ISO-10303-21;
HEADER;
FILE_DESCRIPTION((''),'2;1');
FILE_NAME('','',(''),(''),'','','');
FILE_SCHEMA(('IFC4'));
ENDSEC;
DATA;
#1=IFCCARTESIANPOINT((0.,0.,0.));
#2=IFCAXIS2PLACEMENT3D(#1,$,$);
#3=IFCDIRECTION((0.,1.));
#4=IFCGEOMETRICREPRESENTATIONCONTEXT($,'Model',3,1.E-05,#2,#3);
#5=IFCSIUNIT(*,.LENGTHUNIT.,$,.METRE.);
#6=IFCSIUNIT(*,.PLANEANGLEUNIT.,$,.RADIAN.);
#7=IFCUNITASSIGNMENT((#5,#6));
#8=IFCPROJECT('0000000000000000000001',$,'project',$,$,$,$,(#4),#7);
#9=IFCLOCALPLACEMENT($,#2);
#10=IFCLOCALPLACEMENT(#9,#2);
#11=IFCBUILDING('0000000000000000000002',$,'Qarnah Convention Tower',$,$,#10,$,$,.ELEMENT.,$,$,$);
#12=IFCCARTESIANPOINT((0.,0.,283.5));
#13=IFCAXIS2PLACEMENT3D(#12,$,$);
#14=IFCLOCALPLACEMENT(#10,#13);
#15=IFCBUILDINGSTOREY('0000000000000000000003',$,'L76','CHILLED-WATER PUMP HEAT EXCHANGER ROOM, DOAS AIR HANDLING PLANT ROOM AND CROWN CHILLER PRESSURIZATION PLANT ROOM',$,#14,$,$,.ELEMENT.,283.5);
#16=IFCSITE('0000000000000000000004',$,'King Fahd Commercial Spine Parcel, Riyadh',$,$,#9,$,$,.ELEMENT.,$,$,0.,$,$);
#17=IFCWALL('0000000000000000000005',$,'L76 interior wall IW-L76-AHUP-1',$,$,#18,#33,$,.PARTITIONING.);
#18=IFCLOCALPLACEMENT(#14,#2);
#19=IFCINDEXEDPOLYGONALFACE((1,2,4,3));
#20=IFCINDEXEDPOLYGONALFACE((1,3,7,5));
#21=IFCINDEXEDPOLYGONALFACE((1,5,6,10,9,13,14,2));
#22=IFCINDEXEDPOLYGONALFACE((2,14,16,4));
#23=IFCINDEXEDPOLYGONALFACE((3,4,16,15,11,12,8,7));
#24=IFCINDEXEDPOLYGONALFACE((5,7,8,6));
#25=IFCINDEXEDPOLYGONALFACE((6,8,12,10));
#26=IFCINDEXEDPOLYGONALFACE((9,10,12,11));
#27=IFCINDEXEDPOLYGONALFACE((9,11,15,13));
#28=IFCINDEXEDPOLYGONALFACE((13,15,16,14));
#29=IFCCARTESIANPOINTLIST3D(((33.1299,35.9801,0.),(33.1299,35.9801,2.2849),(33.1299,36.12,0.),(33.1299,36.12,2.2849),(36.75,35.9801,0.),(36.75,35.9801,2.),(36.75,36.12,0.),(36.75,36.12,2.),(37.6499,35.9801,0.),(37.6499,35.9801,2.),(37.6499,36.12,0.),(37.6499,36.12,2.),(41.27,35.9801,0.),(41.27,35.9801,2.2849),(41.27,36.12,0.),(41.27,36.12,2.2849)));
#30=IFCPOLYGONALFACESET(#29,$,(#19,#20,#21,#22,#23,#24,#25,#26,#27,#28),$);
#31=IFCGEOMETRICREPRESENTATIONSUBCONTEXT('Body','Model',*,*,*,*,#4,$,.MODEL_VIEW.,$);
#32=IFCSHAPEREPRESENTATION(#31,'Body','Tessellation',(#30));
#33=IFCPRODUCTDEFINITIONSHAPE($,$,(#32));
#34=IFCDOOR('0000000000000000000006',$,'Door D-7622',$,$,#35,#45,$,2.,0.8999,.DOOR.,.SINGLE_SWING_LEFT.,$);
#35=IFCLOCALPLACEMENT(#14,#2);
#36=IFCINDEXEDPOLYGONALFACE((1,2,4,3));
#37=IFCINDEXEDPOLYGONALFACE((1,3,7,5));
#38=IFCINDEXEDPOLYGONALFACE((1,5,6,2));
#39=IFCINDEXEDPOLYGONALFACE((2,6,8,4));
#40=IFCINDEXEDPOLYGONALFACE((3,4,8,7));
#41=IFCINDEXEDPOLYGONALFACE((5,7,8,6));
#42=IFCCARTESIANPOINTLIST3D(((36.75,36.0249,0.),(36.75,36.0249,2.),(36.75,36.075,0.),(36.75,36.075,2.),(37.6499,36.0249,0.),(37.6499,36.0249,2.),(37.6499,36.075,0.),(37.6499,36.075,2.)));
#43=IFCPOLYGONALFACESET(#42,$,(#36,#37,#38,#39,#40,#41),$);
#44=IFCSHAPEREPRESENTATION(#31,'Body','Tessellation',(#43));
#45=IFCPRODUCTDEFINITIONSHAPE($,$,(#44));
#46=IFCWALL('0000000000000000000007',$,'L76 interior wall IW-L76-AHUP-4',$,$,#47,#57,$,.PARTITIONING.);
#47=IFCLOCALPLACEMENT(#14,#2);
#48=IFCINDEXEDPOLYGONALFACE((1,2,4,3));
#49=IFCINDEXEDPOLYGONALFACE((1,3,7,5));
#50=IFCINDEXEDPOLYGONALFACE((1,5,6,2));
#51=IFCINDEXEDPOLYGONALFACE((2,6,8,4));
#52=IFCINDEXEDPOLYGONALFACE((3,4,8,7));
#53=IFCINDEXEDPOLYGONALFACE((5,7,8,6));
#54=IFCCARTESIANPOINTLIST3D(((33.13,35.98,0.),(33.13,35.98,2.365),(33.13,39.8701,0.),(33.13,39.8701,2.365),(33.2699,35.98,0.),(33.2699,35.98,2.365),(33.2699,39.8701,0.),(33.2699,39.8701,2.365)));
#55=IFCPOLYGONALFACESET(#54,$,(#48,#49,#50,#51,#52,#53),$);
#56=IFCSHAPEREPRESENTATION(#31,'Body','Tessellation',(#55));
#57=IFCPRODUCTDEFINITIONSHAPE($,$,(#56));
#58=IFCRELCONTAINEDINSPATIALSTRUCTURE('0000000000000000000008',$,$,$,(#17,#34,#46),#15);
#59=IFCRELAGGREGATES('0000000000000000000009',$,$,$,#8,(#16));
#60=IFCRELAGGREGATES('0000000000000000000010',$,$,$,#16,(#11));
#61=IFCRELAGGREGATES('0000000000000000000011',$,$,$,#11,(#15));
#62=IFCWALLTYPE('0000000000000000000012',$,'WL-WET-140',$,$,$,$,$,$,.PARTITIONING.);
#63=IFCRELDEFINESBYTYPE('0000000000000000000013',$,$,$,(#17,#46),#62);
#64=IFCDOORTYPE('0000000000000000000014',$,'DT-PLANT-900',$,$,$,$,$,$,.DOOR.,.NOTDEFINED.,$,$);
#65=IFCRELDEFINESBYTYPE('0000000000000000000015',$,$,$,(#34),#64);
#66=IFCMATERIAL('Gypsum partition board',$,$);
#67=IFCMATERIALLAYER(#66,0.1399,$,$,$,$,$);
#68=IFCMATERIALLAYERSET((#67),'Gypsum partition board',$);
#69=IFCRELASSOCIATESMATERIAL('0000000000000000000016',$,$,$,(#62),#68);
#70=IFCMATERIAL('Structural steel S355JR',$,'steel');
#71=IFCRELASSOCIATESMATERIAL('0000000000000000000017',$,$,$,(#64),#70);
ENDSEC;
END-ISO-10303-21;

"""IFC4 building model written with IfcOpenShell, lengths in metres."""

from ifc_helpers import new_model, si_unit, direction, frame, frame_2d, origin, place, context, subcontext, project, spatial, rectangle, extrude, material, layer, layer_set, type_object, element, fill, save


model = new_model("IFC4")

# Units and contexts
model_context = context("Model", 3, precision=1e-05, world=origin(), true_north=direction((0.0, 1.0)))
body_context = subcontext(model_context, "Body", "Model", "MODEL_VIEW")
ifc_project = project(units=[si_unit("LENGTHUNIT", "METRE"), si_unit("PLANEANGLEUNIT", "RADIAN")], contexts=[model_context])

# Site, building, storey
site_placement = place(None, origin())
site = spatial("IfcSite", under=ifc_project, at=site_placement, Name="King Fahd Commercial Spine Parcel, Riyadh", CompositionType="ELEMENT", RefElevation=0.0)
building_placement = place(site_placement, origin())
building = spatial("IfcBuilding", under=site, at=building_placement, Name="Qarnah Convention Tower", CompositionType="ELEMENT")
storey_placement = place(building_placement, frame((0.0, 0.0, 283.5)))
storey = spatial("IfcBuildingStorey", under=building, at=storey_placement, Name="L76", Description="CHILLED-WATER PUMP HEAT EXCHANGER ROOM, DOAS AIR HANDLING PLANT ROOM AND CROWN CHILLER PRESSURIZATION PLANT ROOM", CompositionType="ELEMENT", Elevation=283.5)

# Shared definitions
ifc_material_1 = material(Name="Structural steel S355JR", Category="steel")

# Wall, opening, door
ifc_material_2 = material(Name="Gypsum partition board")
ifc_layer_1 = layer(ifc_material_2, 0.1399)
ifc_layer_set_1 = layer_set([ifc_layer_1], Name="Gypsum partition board")
wall_type_1 = type_object("IfcWallType", Name="WL-WET-140", PredefinedType="PARTITIONING", material=ifc_layer_set_1)
wall_1_placement = place(storey_placement, frame((33.1299, 36.05, 0.0), z_axis=(0.0, 0.0, 1.0), x_axis=(1.0, 0.0, 0.0)))
wall_1 = element("IfcWall", 1, at=wall_1_placement, inside=storey, type_object=wall_type_1, Name="L76 interior wall IW-L76-AHUP-1", PredefinedType="PARTITIONING", context=body_context, shape_type="SweptSolid", body=[
    extrude(rectangle(XDim=8.1401, YDim=0.1399, at=frame_2d((4.0701, 0.0))), origin(), (0.0, 0.0, 1.0), 2.2849),
])
opening_1_placement = place(wall_1_placement, frame((3.6201, 0.0, 0.0)))
opening_1 = element("IfcOpeningElement", 2, at=opening_1_placement, cuts=wall_1, PredefinedType="OPENING", context=body_context, shape_type="SweptSolid", body=[
    extrude(rectangle(XDim=0.8999, YDim=2.0, at=frame_2d((0.45, 1.0))), frame((0.0, 0.0798, 0.0), z_axis=(0.0, -1.0, 0.0), x_axis=(1.0, 0.0, 0.0)), (0.0, 0.0, 1.0), 0.1599),
])
door_type_1 = type_object("IfcDoorType", Name="DT-PLANT-900", OperationType="NOTDEFINED", PredefinedType="DOOR", material=ifc_material_1)
door_1_placement = place(opening_1_placement, origin())
door_1 = element("IfcDoor", 3, at=door_1_placement, inside=storey, type_object=door_type_1, Name="Door D-7622", OperationType="SINGLE_SWING_LEFT", OverallHeight=2.0, OverallWidth=0.8999, PredefinedType="DOOR", context=body_context, shape_type="SweptSolid", body=[
    extrude(rectangle(XDim=0.8999, YDim=2.0, at=frame_2d((0.45, 1.0))), frame((0.0, 0.0249, 0.0), z_axis=(0.0, -1.0, 0.0), x_axis=(1.0, 0.0, 0.0)), (0.0, 0.0, 1.0), 0.05),
])
fill(opening_1, door_1)

# Wall
wall_2_placement = place(storey_placement, frame((33.2, 39.8701, 0.0), z_axis=(0.0, 0.0, 1.0), x_axis=(0.0, -1.0, 0.0)))
element("IfcWall", 4, at=wall_2_placement, inside=storey, type_object=wall_type_1, Name="L76 interior wall IW-L76-AHUP-4", PredefinedType="PARTITIONING", context=body_context, shape_type="SweptSolid", body=[
    extrude(rectangle(XDim=3.8901, YDim=0.1399, at=frame_2d((1.9451, 0.0))), origin(), (0.0, 0.0, 1.0), 2.365),
])

save(model, "model.ifc")
